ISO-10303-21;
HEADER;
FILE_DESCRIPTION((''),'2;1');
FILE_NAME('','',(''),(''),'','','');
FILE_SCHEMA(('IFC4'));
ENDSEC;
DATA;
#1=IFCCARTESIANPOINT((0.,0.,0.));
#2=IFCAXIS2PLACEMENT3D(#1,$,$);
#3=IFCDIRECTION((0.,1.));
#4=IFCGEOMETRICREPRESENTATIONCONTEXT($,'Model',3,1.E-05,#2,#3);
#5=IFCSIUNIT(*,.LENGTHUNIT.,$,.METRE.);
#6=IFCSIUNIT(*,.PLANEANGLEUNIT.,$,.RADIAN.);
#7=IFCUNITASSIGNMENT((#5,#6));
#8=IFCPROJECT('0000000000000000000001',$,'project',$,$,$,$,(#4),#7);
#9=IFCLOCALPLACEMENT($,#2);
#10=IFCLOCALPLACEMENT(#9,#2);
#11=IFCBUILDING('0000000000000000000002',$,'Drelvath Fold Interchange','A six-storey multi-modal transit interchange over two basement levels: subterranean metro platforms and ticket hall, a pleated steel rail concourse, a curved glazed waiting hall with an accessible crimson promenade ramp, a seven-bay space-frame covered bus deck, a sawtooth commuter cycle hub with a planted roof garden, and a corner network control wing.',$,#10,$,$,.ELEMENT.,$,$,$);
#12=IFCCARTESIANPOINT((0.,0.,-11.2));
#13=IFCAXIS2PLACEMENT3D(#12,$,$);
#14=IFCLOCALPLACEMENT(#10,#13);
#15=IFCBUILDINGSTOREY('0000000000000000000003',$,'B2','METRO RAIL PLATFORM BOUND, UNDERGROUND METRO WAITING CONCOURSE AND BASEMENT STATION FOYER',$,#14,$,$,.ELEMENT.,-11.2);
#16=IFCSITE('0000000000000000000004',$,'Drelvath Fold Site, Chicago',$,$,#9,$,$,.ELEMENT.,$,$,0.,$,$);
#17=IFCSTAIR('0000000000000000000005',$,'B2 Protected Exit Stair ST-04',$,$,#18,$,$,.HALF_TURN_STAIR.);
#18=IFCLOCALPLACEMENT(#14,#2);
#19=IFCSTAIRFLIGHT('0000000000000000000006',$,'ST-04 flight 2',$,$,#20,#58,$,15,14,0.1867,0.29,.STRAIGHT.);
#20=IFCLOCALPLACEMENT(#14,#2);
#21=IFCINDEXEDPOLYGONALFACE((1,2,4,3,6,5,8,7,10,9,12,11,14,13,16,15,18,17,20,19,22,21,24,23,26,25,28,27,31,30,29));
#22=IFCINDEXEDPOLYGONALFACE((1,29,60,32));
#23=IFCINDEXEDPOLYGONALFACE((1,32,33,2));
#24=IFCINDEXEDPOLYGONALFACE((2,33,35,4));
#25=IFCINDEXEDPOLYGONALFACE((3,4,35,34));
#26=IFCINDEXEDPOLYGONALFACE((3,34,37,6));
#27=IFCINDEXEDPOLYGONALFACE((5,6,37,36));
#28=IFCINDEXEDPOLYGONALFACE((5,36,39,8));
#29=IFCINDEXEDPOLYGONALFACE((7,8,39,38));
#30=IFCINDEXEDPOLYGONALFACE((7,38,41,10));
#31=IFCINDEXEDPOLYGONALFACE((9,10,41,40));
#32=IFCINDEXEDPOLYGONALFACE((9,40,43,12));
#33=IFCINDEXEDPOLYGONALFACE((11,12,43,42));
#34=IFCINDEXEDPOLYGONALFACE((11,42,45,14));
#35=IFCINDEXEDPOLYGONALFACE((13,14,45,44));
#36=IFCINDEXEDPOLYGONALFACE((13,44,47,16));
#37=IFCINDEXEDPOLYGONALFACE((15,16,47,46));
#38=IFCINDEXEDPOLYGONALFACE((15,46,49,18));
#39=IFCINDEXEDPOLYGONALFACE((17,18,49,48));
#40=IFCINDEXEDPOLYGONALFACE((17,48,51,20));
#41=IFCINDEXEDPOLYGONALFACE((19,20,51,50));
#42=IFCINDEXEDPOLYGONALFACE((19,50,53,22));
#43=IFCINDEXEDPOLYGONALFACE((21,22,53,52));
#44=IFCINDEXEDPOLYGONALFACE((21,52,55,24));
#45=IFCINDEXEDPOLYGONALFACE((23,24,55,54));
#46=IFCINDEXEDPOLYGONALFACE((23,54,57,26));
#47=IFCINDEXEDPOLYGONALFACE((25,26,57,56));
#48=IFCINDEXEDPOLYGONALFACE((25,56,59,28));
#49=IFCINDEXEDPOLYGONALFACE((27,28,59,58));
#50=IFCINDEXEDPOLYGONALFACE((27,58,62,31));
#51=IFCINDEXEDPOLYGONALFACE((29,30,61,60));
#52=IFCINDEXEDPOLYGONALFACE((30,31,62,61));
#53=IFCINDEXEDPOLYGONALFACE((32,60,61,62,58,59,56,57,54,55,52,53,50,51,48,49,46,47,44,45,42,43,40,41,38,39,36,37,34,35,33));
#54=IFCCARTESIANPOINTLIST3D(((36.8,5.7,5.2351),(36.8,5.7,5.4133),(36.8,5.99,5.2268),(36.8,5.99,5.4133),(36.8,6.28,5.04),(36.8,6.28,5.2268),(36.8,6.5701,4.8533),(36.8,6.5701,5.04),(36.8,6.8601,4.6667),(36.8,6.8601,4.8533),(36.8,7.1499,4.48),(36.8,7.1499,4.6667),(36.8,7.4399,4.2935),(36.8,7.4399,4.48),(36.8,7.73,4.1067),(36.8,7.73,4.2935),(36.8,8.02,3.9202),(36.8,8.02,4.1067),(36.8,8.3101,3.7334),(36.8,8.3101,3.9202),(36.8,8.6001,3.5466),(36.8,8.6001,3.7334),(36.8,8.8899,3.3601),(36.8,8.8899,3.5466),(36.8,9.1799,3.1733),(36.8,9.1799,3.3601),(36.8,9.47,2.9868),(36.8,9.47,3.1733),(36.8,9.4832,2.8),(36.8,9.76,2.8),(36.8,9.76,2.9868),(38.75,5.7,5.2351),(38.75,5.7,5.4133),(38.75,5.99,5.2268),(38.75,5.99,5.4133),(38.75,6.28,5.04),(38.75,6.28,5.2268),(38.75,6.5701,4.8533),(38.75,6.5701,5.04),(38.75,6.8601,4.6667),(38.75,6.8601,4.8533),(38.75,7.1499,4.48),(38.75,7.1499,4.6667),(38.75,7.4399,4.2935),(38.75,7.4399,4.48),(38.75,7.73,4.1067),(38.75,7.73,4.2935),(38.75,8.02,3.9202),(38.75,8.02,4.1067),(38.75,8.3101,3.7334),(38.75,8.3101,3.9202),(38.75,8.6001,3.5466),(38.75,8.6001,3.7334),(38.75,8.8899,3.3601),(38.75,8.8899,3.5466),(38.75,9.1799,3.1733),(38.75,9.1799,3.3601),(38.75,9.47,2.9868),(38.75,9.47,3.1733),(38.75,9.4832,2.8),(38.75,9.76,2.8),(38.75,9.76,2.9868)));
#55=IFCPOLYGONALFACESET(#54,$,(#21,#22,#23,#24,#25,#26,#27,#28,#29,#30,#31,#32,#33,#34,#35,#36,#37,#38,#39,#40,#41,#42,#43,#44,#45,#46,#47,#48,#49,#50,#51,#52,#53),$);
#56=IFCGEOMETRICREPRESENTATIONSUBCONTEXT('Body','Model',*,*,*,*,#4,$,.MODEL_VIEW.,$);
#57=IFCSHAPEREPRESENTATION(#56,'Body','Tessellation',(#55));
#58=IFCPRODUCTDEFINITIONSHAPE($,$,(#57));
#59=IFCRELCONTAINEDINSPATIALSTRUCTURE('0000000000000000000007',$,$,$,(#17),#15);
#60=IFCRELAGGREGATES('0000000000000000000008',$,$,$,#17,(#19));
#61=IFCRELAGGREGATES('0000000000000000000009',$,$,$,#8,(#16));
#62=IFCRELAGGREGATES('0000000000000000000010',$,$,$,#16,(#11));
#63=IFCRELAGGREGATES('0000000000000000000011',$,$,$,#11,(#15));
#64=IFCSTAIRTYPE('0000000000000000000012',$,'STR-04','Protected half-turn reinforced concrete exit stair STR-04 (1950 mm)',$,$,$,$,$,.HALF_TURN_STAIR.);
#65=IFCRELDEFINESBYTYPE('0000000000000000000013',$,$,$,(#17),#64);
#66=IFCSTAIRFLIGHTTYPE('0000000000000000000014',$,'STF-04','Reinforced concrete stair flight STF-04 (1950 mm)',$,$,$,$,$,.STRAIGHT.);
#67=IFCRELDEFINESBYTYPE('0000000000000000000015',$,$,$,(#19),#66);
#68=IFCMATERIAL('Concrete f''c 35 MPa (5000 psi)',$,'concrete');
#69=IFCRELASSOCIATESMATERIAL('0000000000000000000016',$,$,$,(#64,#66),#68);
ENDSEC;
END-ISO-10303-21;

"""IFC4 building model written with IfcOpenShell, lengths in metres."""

from ifc_helpers import new_model, si_unit, direction, frame, origin, place, context, subcontext, project, spatial, polyline, outline, extrude, material, type_object, element, aggregate, save


model = new_model("IFC4")

# Units and contexts
model_context = context("Model", 3, precision=1e-05, world=origin(), true_north=direction((0.0, 1.0)))
body_context = subcontext(model_context, "Body", "Model", "MODEL_VIEW")
ifc_project = project(units=[si_unit("LENGTHUNIT", "METRE"), si_unit("PLANEANGLEUNIT", "RADIAN")], contexts=[model_context])

# Site, building, storey
site_placement = place(None, origin())
site = spatial("IfcSite", under=ifc_project, at=site_placement, Name="Drelvath Fold Site, Chicago", CompositionType="ELEMENT", RefElevation=0.0)
building_placement = place(site_placement, origin())
building = spatial("IfcBuilding", under=site, at=building_placement, Name="Drelvath Fold Interchange", Description="A six-storey multi-modal transit interchange over two basement levels: subterranean metro platforms and ticket hall, a pleated steel rail concourse, a curved glazed waiting hall with an accessible crimson promenade ramp, a seven-bay space-frame covered bus deck, a sawtooth commuter cycle hub with a planted roof garden, and a corner network control wing.", CompositionType="ELEMENT")
storey_placement = place(building_placement, frame((0.0, 0.0, -11.2)))
storey = spatial("IfcBuildingStorey", under=building, at=storey_placement, Name="B2", Description="METRO RAIL PLATFORM BOUND, UNDERGROUND METRO WAITING CONCOURSE AND BASEMENT STATION FOYER", CompositionType="ELEMENT", Elevation=-11.2)

# Shared definitions
ifc_material_1 = material(Name="Concrete f'c 35 MPa (5000 psi)", Category="concrete")

# Stair, stair flight
stair_type = type_object("IfcStairType", Name="STR-04", Description="Protected half-turn reinforced concrete exit stair STR-04 (1950 mm)", PredefinedType="HALF_TURN_STAIR", material=ifc_material_1)
stair_placement = place(storey_placement, origin())
stair = element("IfcStair", 1, at=stair_placement, inside=storey, type_object=stair_type, Name="B2 Protected Exit Stair ST-04", PredefinedType="HALF_TURN_STAIR")
stair_flight_type = type_object("IfcStairFlightType", Name="STF-04", Description="Reinforced concrete stair flight STF-04 (1950 mm)", PredefinedType="STRAIGHT", material=ifc_material_1)
stair_flight_1_placement = place(storey_placement, frame((37.7749, 9.76, 2.8), z_axis=(0.0, 0.0, 1.0), x_axis=(0.0, -1.0, 0.0)))
stair_flight_1 = element("IfcStairFlight", 2, at=stair_flight_1_placement, type_object=stair_flight_type, Name="ST-04 flight 2", NumberOfRisers=15, NumberOfTreads=14, PredefinedType="STRAIGHT", RiserHeight=0.1867, TreadLength=0.29, context=body_context, shape_type="SweptSolid", body=[
    extrude(outline(polyline([(0.0, 0.0), (0.0, 0.1868), (0.29, 0.1868), (0.29, 0.3733), (0.5801, 0.3733), (0.5801, 0.5601), (0.8701, 0.5601), (0.8701, 0.7466), (1.1599, 0.7466), (1.1599, 0.9333), (1.45, 0.9333), (1.45, 1.1201), (1.74, 1.1201), (1.74, 1.3066), (2.03, 1.3066), (2.03, 1.4934), (2.3201, 1.4934), (2.3201, 1.6799), (2.6101, 1.6799), (2.6101, 1.8667), (2.8999, 1.8667), (2.8999, 2.0532), (3.1899, 2.0532), (3.1899, 2.24), (3.48, 2.24), (3.48, 2.4268), (3.77, 2.4268), (3.77, 2.6133), (4.0601, 2.6133), (4.0601, 2.8), (4.0601, 2.4351), (0.2769, 0.0), (0.0, 0.0)])), frame((0.0, 0.9751, 0.0), z_axis=(0.0, -1.0, 0.0), x_axis=(1.0, 0.0, 0.0)), (0.0, 0.0, 1.0), 1.95),
])
aggregate(stair, [stair_flight_1])

save(model, "model.ifc")
